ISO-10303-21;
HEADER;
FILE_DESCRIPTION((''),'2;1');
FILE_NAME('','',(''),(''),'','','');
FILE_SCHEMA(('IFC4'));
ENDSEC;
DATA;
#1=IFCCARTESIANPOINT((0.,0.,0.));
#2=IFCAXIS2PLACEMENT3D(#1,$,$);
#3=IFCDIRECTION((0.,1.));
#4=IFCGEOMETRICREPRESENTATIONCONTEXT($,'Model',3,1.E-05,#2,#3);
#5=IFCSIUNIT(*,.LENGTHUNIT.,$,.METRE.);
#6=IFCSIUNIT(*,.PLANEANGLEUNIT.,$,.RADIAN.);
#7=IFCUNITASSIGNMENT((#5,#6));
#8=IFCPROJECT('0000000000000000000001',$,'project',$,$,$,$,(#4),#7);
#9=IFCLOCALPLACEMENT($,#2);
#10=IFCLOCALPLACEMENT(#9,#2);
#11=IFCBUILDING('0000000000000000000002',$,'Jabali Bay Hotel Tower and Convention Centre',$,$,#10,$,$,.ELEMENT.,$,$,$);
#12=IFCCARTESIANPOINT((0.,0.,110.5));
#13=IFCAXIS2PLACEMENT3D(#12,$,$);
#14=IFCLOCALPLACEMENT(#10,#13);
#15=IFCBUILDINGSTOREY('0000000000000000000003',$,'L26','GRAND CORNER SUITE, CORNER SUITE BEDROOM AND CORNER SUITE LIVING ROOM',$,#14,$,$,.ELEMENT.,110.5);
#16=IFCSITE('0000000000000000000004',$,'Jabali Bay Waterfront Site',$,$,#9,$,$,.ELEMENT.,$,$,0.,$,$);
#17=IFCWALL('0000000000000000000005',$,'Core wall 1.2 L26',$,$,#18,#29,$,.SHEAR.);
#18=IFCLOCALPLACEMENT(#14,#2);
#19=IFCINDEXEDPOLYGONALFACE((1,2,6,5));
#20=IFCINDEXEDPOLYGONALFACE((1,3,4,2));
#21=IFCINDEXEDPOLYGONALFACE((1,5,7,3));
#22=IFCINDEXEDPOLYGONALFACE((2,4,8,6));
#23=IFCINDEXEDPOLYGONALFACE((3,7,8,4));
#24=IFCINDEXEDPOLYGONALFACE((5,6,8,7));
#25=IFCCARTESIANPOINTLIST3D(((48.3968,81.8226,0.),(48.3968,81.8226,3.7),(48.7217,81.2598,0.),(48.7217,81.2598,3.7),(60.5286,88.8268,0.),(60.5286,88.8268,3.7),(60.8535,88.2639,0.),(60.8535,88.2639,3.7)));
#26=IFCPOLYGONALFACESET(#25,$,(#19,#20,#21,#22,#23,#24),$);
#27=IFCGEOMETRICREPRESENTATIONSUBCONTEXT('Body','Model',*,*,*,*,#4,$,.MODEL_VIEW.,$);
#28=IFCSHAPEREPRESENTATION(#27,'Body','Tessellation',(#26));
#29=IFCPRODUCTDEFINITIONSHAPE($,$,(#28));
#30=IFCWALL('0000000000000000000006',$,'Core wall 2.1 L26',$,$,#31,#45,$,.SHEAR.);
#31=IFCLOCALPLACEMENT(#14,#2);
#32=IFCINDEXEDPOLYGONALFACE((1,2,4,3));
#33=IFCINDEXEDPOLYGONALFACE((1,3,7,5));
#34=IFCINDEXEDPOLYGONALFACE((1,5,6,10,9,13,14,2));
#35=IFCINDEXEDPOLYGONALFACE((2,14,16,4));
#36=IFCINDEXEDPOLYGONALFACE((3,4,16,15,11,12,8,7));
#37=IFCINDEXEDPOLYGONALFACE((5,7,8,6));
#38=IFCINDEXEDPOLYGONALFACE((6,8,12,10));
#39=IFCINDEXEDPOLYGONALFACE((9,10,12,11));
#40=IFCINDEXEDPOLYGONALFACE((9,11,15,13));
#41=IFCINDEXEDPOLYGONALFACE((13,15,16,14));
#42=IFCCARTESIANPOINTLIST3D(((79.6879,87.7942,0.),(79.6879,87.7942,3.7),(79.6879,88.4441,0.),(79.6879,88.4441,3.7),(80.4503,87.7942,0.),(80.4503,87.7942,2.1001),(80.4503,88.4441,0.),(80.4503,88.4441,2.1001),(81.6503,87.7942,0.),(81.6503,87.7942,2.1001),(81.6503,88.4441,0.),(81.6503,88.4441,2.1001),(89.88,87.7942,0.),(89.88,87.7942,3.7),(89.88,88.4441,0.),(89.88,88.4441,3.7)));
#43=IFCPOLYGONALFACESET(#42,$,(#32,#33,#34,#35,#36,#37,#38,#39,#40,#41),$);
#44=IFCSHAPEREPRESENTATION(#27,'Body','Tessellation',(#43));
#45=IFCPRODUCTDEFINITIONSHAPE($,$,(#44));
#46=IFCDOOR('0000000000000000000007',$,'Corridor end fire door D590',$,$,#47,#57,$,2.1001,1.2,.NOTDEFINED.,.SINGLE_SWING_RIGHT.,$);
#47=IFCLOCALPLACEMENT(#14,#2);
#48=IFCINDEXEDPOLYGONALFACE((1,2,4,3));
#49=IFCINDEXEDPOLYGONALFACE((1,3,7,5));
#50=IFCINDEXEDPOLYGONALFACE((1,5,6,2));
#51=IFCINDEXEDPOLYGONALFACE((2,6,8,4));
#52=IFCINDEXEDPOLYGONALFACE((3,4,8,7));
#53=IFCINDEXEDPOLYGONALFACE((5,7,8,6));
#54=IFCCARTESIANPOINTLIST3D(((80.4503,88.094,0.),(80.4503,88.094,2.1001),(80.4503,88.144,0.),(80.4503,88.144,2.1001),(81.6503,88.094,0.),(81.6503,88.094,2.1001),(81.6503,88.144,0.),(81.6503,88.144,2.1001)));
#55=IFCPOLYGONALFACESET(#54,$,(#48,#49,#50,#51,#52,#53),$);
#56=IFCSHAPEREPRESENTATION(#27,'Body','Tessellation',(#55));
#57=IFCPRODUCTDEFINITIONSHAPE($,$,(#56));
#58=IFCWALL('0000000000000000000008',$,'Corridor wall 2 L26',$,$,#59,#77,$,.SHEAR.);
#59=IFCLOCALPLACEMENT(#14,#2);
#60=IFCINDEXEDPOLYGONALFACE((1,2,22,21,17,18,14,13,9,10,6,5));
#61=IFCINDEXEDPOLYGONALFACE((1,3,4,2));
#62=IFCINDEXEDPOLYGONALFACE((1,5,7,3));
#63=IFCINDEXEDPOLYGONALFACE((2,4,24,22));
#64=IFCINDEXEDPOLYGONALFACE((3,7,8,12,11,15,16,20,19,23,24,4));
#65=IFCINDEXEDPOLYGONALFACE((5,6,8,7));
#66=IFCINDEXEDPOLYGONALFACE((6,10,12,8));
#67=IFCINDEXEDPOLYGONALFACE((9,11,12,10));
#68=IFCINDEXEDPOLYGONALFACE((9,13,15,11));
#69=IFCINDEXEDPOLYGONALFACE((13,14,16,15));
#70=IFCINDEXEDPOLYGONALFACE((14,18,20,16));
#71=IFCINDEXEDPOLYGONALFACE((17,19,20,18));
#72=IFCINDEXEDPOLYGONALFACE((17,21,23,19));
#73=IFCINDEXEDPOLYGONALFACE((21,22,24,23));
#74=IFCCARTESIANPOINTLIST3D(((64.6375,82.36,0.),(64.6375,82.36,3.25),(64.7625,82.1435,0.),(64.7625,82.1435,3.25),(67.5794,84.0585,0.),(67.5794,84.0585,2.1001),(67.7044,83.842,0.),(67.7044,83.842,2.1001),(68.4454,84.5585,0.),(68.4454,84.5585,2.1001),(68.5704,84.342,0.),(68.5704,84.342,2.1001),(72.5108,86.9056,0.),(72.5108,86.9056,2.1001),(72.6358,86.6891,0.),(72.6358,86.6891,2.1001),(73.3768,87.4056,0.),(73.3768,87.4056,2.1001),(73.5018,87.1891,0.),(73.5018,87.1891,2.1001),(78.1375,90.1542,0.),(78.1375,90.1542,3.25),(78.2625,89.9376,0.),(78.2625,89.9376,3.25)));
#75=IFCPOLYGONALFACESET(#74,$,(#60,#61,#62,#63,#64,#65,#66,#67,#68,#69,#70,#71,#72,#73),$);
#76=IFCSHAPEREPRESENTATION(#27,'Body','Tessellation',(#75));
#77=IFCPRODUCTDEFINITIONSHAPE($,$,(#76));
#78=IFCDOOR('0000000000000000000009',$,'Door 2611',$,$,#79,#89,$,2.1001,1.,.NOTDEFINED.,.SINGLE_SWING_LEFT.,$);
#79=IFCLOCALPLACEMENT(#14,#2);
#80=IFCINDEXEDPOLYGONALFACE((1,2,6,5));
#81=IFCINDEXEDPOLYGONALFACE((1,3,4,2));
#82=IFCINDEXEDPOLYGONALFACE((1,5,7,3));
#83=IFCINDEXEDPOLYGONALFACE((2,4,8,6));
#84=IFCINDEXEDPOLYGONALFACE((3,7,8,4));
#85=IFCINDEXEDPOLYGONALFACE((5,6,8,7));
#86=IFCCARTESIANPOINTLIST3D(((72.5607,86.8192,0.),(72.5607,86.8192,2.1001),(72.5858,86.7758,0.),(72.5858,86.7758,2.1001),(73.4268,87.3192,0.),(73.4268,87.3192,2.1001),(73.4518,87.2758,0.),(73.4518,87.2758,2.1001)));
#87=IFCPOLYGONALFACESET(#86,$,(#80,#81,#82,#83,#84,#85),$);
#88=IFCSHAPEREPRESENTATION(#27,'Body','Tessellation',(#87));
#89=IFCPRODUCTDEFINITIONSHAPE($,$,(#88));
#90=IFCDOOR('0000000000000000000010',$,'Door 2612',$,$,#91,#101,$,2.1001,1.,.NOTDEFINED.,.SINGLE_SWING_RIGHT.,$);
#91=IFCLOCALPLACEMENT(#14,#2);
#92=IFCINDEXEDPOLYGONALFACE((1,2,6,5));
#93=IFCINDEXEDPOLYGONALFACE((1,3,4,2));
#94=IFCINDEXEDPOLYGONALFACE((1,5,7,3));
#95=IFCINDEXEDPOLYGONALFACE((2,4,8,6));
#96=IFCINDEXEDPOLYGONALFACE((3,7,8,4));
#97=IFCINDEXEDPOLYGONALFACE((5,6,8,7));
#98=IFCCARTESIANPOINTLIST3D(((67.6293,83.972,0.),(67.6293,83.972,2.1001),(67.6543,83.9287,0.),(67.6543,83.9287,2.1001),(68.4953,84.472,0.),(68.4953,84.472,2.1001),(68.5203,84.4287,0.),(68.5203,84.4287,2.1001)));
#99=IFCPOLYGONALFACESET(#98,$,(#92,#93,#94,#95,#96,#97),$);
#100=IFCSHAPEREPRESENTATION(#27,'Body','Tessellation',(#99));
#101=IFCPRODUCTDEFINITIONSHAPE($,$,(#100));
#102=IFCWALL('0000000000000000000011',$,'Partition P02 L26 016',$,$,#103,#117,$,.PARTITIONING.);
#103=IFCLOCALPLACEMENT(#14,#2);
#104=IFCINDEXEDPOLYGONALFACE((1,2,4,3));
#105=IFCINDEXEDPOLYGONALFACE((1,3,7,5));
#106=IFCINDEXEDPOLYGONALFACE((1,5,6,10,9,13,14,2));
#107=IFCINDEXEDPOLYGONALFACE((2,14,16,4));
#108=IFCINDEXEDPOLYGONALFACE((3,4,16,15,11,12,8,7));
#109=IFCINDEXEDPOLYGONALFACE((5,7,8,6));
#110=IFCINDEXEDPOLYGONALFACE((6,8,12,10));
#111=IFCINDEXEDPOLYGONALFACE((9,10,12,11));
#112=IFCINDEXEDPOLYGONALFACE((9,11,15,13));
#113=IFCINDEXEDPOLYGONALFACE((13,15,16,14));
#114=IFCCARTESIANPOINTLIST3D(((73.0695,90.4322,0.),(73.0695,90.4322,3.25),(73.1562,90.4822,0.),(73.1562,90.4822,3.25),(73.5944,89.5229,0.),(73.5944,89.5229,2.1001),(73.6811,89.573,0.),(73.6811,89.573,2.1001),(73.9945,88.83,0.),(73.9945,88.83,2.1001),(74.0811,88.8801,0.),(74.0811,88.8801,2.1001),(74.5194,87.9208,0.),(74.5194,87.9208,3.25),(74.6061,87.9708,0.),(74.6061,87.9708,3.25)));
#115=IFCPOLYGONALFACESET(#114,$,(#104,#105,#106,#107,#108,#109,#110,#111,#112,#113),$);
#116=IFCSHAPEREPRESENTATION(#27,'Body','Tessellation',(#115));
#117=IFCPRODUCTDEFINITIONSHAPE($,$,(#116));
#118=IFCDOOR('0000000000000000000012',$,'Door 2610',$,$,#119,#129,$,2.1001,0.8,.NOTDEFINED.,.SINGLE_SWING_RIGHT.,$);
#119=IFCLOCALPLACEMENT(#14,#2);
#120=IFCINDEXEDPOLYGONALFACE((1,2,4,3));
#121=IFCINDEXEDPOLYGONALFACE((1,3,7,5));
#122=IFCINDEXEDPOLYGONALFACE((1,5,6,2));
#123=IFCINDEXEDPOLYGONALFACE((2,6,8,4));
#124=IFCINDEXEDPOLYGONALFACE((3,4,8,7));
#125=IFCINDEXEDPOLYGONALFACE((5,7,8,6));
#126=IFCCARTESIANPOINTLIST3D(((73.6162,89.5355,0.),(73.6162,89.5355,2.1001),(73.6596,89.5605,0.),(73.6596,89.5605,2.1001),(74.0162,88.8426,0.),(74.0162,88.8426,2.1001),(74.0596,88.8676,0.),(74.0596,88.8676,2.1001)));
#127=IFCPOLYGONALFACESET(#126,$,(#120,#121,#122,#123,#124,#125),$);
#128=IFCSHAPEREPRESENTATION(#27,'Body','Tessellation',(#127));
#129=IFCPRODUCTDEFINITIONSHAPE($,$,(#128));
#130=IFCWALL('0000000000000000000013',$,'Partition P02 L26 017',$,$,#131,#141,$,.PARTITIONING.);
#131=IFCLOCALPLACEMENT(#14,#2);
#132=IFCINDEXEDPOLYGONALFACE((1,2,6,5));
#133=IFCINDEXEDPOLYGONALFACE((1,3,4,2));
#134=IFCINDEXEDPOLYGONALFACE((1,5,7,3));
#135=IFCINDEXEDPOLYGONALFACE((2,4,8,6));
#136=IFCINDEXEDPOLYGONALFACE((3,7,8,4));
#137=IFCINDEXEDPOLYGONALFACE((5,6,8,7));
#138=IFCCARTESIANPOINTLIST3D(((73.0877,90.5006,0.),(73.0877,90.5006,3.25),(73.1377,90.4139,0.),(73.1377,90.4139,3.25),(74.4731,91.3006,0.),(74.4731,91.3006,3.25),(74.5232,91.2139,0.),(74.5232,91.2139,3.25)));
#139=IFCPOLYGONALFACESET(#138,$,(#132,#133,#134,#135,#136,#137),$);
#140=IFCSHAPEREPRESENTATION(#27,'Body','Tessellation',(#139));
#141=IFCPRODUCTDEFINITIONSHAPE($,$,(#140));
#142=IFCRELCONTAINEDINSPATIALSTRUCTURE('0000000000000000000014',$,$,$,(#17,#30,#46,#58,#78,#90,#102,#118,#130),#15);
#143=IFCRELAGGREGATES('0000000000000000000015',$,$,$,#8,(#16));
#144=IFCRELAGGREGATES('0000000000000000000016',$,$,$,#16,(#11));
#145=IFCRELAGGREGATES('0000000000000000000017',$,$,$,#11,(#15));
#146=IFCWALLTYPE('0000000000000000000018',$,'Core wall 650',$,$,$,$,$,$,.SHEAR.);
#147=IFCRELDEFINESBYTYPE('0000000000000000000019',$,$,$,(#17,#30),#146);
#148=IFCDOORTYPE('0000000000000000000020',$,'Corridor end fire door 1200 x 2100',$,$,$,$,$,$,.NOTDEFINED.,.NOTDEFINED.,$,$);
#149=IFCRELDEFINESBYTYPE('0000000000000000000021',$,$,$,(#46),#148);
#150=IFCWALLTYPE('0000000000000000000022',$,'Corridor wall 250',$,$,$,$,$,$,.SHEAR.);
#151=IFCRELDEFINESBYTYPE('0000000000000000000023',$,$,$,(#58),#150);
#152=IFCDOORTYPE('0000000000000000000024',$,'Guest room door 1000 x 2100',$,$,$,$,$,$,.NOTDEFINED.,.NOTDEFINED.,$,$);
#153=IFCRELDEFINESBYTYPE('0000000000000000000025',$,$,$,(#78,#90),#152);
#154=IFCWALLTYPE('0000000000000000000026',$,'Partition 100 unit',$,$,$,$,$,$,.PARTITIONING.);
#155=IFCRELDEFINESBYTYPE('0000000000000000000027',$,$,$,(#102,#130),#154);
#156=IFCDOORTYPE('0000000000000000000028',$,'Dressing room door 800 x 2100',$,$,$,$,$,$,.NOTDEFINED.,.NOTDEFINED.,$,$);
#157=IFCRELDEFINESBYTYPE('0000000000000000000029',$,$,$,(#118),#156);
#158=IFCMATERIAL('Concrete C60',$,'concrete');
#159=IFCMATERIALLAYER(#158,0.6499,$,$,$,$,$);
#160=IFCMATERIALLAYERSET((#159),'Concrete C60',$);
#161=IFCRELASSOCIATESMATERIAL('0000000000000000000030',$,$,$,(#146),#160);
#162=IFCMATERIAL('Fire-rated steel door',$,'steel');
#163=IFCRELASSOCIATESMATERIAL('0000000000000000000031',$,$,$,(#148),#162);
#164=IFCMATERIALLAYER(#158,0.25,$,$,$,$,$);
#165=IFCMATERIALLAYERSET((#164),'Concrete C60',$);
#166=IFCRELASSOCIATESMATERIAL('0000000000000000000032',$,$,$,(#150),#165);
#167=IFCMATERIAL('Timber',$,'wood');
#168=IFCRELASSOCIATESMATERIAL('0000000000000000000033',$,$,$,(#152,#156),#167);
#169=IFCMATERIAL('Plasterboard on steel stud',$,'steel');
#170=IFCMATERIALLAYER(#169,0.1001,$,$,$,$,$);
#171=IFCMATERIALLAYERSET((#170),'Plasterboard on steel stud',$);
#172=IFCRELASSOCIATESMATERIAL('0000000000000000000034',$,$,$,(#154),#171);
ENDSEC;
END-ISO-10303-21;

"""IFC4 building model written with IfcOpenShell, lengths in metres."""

from ifc_helpers import new_model, si_unit, direction, frame, frame_2d, origin, place, context, subcontext, project, spatial, rectangle, extrude, material, layer, layer_set, type_object, element, fill, save


model = new_model("IFC4")

# Units and contexts
model_context = context("Model", 3, precision=1e-05, world=origin(), true_north=direction((0.0, 1.0)))
body_context = subcontext(model_context, "Body", "Model", "MODEL_VIEW")
ifc_project = project(units=[si_unit("LENGTHUNIT", "METRE"), si_unit("PLANEANGLEUNIT", "RADIAN")], contexts=[model_context])

# Site, building, storey
site_placement = place(None, origin())
site = spatial("IfcSite", under=ifc_project, at=site_placement, Name="Jabali Bay Waterfront Site", CompositionType="ELEMENT", RefElevation=0.0)
building_placement = place(site_placement, origin())
building = spatial("IfcBuilding", under=site, at=building_placement, Name="Jabali Bay Hotel Tower and Convention Centre", CompositionType="ELEMENT")
storey_placement = place(building_placement, frame((0.0, 0.0, 110.5)))
storey = spatial("IfcBuildingStorey", under=building, at=storey_placement, Name="L26", Description="GRAND CORNER SUITE, CORNER SUITE BEDROOM AND CORNER SUITE LIVING ROOM", CompositionType="ELEMENT", Elevation=110.5)

# Shared definitions
ifc_material_1 = material(Name="Fire-rated steel door", Category="steel")

# Wall
ifc_material_2 = material(Name="Concrete C60", Category="concrete")
ifc_layer_1 = layer(ifc_material_2, 0.6499)
ifc_layer_set_1 = layer_set([ifc_layer_1], Name="Concrete C60")
wall_type_1 = type_object("IfcWallType", Name="Core wall 650", PredefinedType="SHEAR", material=ifc_layer_set_1)
wall_1_placement = place(storey_placement, frame((60.6912, 88.5454, 0.0), z_axis=(0.0, 0.0, 1.0), x_axis=(-0.866031, -0.499991, 0.0)))
element("IfcWall", 1, at=wall_1_placement, inside=storey, type_object=wall_type_1, Name="Core wall 1.2 L26", PredefinedType="SHEAR", context=body_context, shape_type="SweptSolid", body=[
    extrude(rectangle(XDim=14.0085, YDim=0.6499, at=frame_2d((7.0044, 0.0))), origin(), (0.0, 0.0, 1.0), 3.7),
])

# Wall, opening, door
wall_2_placement = place(storey_placement, frame((79.6877, 88.1191, 0.0), z_axis=(0.0, 0.0, 1.0), x_axis=(1.0, 0.0, 0.0)))
wall_2 = element("IfcWall", 2, at=wall_2_placement, inside=storey, type_object=wall_type_1, Name="Core wall 2.1 L26", PredefinedType="SHEAR", context=body_context, shape_type="SweptSolid", body=[
    extrude(rectangle(XDim=10.1921, YDim=0.6499, at=frame_2d((5.0962, 0.0))), origin(), (0.0, 0.0, 1.0), 3.7),
])
opening_1_placement = place(wall_2_placement, frame((0.7625, 0.0, 0.0)))
opening_1 = element("IfcOpeningElement", 3, at=opening_1_placement, cuts=wall_2, PredefinedType="OPENING", context=body_context, shape_type="SweptSolid", body=[
    extrude(rectangle(XDim=1.2, YDim=2.1001, at=frame_2d((0.6001, 1.05))), frame((0.0, 0.3354, 0.0), z_axis=(0.0, -1.0, 0.0), x_axis=(1.0, 0.0, 0.0)), (0.0, 0.0, 1.0), 0.6709),
])
door_type_1 = type_object("IfcDoorType", Name="Corridor end fire door 1200 x 2100", OperationType="NOTDEFINED", PredefinedType="NOTDEFINED", material=ifc_material_1)
door_1_placement = place(opening_1_placement, origin())
door_1 = element("IfcDoor", 4, at=door_1_placement, inside=storey, type_object=door_type_1, Name="Corridor end fire door D590", OperationType="SINGLE_SWING_RIGHT", OverallHeight=2.1001, OverallWidth=1.2, PredefinedType="NOTDEFINED", context=body_context, shape_type="SweptSolid", body=[
    extrude(rectangle(XDim=1.2, YDim=2.1001, at=frame_2d((0.6001, 1.05))), frame((0.0, 0.0249, 0.0), z_axis=(0.0, -1.0, 0.0), x_axis=(1.0, 0.0, 0.0)), (0.0, 0.0, 1.0), 0.05),
])
fill(opening_1, door_1)

# Wall, openings, doors
ifc_layer_2 = layer(ifc_material_2, 0.25)
ifc_layer_set_2 = layer_set([ifc_layer_2], Name="Concrete C60")
wall_type_2 = type_object("IfcWallType", Name="Corridor wall 250", PredefinedType="SHEAR", material=ifc_layer_set_2)
wall_3_placement = place(storey_placement, frame((78.2, 90.0459, 0.0), z_axis=(0.0, 0.0, 1.0), x_axis=(-0.866026, -0.499998, 0.0)))
wall_3 = element("IfcWall", 5, at=wall_3_placement, inside=storey, type_object=wall_type_2, Name="Corridor wall 2 L26", PredefinedType="SHEAR", context=body_context, shape_type="SweptSolid", body=[
    extrude(rectangle(XDim=15.5884, YDim=0.25, at=frame_2d((7.7942, 0.0))), origin(), (0.0, 0.0, 1.0), 3.25),
])
opening_2_placement = place(wall_3_placement, frame((5.4971, 0.0, 0.0)))
opening_2 = element("IfcOpeningElement", 6, at=opening_2_placement, cuts=wall_3, PredefinedType="OPENING", context=body_context, shape_type="SweptSolid", body=[
    extrude(rectangle(XDim=1.0, YDim=2.1001, at=frame_2d((0.5, 1.05))), frame((0.0, 0.1355, 0.0), z_axis=(0.0, -1.0, 0.0), x_axis=(1.0, 0.0, 0.0)), (0.0, 0.0, 1.0), 0.271),
])
opening_3_placement = place(wall_3_placement, frame((11.1914, 0.0, 0.0)))
opening_3 = element("IfcOpeningElement", 7, at=opening_3_placement, cuts=wall_3, PredefinedType="OPENING", context=body_context, shape_type="SweptSolid", body=[
    extrude(rectangle(XDim=1.0, YDim=2.1001, at=frame_2d((0.5, 1.05))), frame((0.0, 0.1355, 0.0), z_axis=(0.0, -1.0, 0.0), x_axis=(1.0, 0.0, 0.0)), (0.0, 0.0, 1.0), 0.271),
])
ifc_material_3 = material(Name="Timber", Category="wood")
door_type_2 = type_object("IfcDoorType", Name="Guest room door 1000 x 2100", OperationType="NOTDEFINED", PredefinedType="NOTDEFINED", material=ifc_material_3)
door_2_placement = place(opening_2_placement, origin())
door_2 = element("IfcDoor", 8, at=door_2_placement, inside=storey, type_object=door_type_2, Name="Door 2611", OperationType="SINGLE_SWING_LEFT", OverallHeight=2.1001, OverallWidth=1.0, PredefinedType="NOTDEFINED", context=body_context, shape_type="SweptSolid", body=[
    extrude(rectangle(XDim=1.0, YDim=2.1001, at=frame_2d((0.5, 1.05))), frame((0.0, 0.0249, 0.0), z_axis=(0.0, -1.0, 0.0), x_axis=(1.0, 0.0, 0.0)), (0.0, 0.0, 1.0), 0.05),
])
fill(opening_2, door_2)
door_3_placement = place(opening_3_placement, origin())
door_3 = element("IfcDoor", 9, at=door_3_placement, inside=storey, type_object=door_type_2, Name="Door 2612", OperationType="SINGLE_SWING_RIGHT", OverallHeight=2.1001, OverallWidth=1.0, PredefinedType="NOTDEFINED", context=body_context, shape_type="SweptSolid", body=[
    extrude(rectangle(XDim=1.0, YDim=2.1001, at=frame_2d((0.5, 1.05))), frame((0.0, 0.0249, 0.0), z_axis=(0.0, -1.0, 0.0), x_axis=(1.0, 0.0, 0.0)), (0.0, 0.0, 1.0), 0.05),
])
fill(opening_3, door_3)

# Wall, opening, door
ifc_material_4 = material(Name="Plasterboard on steel stud", Category="steel")
ifc_layer_3 = layer(ifc_material_4, 0.1001)
ifc_layer_set_3 = layer_set([ifc_layer_3], Name="Plasterboard on steel stud")
wall_type_3 = type_object("IfcWallType", Name="Partition 100 unit", PredefinedType="PARTITIONING", material=ifc_layer_set_3)
wall_4_placement = place(storey_placement, frame((74.5627, 87.9458, 0.0), z_axis=(0.0, 0.0, 1.0), x_axis=(-0.499987, 0.866033, 0.0)))
wall_4 = element("IfcWall", 10, at=wall_4_placement, inside=storey, type_object=wall_type_3, Name="Partition P02 L26 016", PredefinedType="PARTITIONING", context=body_context, shape_type="SweptSolid", body=[
    extrude(rectangle(XDim=2.8999, YDim=0.1001, at=frame_2d((1.45, 0.0))), origin(), (0.0, 0.0, 1.0), 3.25),
])
opening_4_placement = place(wall_4_placement, frame((1.05, 0.0, 0.0)))
opening_4 = element("IfcOpeningElement", 11, at=opening_4_placement, cuts=wall_4, PredefinedType="OPENING", context=body_context, shape_type="SweptSolid", body=[
    extrude(rectangle(XDim=0.8, YDim=2.1001, at=frame_2d((0.3999, 1.05))), frame((0.0, 0.0605, 0.0), z_axis=(0.0, -1.0, 0.0), x_axis=(1.0, 0.0, 0.0)), (0.0, 0.0, 1.0), 0.1211),
])
door_type_3 = type_object("IfcDoorType", Name="Dressing room door 800 x 2100", OperationType="NOTDEFINED", PredefinedType="NOTDEFINED", material=ifc_material_3)
door_4_placement = place(opening_4_placement, origin())
door_4 = element("IfcDoor", 12, at=door_4_placement, inside=storey, type_object=door_type_3, Name="Door 2610", OperationType="SINGLE_SWING_RIGHT", OverallHeight=2.1001, OverallWidth=0.8, PredefinedType="NOTDEFINED", context=body_context, shape_type="SweptSolid", body=[
    extrude(rectangle(XDim=0.8, YDim=2.1001, at=frame_2d((0.3999, 1.05))), frame((0.0, 0.0249, 0.0), z_axis=(0.0, -1.0, 0.0), x_axis=(1.0, 0.0, 0.0)), (0.0, 0.0, 1.0), 0.05),
])
fill(opening_4, door_4)

# Wall
wall_5_placement = place(storey_placement, frame((73.1128, 90.4573, 0.0), z_axis=(0.0, 0.0, 1.0), x_axis=(0.86599, 0.500061, 0.0)))
element("IfcWall", 13, at=wall_5_placement, inside=storey, type_object=wall_type_3, Name="Partition P02 L26 017", PredefinedType="PARTITIONING", context=body_context, shape_type="SweptSolid", body=[
    extrude(rectangle(XDim=1.5999, YDim=0.1001, at=frame_2d((0.7998, 0.0))), origin(), (0.0, 0.0, 1.0), 3.25),
])

save(model, "model.ifc")
